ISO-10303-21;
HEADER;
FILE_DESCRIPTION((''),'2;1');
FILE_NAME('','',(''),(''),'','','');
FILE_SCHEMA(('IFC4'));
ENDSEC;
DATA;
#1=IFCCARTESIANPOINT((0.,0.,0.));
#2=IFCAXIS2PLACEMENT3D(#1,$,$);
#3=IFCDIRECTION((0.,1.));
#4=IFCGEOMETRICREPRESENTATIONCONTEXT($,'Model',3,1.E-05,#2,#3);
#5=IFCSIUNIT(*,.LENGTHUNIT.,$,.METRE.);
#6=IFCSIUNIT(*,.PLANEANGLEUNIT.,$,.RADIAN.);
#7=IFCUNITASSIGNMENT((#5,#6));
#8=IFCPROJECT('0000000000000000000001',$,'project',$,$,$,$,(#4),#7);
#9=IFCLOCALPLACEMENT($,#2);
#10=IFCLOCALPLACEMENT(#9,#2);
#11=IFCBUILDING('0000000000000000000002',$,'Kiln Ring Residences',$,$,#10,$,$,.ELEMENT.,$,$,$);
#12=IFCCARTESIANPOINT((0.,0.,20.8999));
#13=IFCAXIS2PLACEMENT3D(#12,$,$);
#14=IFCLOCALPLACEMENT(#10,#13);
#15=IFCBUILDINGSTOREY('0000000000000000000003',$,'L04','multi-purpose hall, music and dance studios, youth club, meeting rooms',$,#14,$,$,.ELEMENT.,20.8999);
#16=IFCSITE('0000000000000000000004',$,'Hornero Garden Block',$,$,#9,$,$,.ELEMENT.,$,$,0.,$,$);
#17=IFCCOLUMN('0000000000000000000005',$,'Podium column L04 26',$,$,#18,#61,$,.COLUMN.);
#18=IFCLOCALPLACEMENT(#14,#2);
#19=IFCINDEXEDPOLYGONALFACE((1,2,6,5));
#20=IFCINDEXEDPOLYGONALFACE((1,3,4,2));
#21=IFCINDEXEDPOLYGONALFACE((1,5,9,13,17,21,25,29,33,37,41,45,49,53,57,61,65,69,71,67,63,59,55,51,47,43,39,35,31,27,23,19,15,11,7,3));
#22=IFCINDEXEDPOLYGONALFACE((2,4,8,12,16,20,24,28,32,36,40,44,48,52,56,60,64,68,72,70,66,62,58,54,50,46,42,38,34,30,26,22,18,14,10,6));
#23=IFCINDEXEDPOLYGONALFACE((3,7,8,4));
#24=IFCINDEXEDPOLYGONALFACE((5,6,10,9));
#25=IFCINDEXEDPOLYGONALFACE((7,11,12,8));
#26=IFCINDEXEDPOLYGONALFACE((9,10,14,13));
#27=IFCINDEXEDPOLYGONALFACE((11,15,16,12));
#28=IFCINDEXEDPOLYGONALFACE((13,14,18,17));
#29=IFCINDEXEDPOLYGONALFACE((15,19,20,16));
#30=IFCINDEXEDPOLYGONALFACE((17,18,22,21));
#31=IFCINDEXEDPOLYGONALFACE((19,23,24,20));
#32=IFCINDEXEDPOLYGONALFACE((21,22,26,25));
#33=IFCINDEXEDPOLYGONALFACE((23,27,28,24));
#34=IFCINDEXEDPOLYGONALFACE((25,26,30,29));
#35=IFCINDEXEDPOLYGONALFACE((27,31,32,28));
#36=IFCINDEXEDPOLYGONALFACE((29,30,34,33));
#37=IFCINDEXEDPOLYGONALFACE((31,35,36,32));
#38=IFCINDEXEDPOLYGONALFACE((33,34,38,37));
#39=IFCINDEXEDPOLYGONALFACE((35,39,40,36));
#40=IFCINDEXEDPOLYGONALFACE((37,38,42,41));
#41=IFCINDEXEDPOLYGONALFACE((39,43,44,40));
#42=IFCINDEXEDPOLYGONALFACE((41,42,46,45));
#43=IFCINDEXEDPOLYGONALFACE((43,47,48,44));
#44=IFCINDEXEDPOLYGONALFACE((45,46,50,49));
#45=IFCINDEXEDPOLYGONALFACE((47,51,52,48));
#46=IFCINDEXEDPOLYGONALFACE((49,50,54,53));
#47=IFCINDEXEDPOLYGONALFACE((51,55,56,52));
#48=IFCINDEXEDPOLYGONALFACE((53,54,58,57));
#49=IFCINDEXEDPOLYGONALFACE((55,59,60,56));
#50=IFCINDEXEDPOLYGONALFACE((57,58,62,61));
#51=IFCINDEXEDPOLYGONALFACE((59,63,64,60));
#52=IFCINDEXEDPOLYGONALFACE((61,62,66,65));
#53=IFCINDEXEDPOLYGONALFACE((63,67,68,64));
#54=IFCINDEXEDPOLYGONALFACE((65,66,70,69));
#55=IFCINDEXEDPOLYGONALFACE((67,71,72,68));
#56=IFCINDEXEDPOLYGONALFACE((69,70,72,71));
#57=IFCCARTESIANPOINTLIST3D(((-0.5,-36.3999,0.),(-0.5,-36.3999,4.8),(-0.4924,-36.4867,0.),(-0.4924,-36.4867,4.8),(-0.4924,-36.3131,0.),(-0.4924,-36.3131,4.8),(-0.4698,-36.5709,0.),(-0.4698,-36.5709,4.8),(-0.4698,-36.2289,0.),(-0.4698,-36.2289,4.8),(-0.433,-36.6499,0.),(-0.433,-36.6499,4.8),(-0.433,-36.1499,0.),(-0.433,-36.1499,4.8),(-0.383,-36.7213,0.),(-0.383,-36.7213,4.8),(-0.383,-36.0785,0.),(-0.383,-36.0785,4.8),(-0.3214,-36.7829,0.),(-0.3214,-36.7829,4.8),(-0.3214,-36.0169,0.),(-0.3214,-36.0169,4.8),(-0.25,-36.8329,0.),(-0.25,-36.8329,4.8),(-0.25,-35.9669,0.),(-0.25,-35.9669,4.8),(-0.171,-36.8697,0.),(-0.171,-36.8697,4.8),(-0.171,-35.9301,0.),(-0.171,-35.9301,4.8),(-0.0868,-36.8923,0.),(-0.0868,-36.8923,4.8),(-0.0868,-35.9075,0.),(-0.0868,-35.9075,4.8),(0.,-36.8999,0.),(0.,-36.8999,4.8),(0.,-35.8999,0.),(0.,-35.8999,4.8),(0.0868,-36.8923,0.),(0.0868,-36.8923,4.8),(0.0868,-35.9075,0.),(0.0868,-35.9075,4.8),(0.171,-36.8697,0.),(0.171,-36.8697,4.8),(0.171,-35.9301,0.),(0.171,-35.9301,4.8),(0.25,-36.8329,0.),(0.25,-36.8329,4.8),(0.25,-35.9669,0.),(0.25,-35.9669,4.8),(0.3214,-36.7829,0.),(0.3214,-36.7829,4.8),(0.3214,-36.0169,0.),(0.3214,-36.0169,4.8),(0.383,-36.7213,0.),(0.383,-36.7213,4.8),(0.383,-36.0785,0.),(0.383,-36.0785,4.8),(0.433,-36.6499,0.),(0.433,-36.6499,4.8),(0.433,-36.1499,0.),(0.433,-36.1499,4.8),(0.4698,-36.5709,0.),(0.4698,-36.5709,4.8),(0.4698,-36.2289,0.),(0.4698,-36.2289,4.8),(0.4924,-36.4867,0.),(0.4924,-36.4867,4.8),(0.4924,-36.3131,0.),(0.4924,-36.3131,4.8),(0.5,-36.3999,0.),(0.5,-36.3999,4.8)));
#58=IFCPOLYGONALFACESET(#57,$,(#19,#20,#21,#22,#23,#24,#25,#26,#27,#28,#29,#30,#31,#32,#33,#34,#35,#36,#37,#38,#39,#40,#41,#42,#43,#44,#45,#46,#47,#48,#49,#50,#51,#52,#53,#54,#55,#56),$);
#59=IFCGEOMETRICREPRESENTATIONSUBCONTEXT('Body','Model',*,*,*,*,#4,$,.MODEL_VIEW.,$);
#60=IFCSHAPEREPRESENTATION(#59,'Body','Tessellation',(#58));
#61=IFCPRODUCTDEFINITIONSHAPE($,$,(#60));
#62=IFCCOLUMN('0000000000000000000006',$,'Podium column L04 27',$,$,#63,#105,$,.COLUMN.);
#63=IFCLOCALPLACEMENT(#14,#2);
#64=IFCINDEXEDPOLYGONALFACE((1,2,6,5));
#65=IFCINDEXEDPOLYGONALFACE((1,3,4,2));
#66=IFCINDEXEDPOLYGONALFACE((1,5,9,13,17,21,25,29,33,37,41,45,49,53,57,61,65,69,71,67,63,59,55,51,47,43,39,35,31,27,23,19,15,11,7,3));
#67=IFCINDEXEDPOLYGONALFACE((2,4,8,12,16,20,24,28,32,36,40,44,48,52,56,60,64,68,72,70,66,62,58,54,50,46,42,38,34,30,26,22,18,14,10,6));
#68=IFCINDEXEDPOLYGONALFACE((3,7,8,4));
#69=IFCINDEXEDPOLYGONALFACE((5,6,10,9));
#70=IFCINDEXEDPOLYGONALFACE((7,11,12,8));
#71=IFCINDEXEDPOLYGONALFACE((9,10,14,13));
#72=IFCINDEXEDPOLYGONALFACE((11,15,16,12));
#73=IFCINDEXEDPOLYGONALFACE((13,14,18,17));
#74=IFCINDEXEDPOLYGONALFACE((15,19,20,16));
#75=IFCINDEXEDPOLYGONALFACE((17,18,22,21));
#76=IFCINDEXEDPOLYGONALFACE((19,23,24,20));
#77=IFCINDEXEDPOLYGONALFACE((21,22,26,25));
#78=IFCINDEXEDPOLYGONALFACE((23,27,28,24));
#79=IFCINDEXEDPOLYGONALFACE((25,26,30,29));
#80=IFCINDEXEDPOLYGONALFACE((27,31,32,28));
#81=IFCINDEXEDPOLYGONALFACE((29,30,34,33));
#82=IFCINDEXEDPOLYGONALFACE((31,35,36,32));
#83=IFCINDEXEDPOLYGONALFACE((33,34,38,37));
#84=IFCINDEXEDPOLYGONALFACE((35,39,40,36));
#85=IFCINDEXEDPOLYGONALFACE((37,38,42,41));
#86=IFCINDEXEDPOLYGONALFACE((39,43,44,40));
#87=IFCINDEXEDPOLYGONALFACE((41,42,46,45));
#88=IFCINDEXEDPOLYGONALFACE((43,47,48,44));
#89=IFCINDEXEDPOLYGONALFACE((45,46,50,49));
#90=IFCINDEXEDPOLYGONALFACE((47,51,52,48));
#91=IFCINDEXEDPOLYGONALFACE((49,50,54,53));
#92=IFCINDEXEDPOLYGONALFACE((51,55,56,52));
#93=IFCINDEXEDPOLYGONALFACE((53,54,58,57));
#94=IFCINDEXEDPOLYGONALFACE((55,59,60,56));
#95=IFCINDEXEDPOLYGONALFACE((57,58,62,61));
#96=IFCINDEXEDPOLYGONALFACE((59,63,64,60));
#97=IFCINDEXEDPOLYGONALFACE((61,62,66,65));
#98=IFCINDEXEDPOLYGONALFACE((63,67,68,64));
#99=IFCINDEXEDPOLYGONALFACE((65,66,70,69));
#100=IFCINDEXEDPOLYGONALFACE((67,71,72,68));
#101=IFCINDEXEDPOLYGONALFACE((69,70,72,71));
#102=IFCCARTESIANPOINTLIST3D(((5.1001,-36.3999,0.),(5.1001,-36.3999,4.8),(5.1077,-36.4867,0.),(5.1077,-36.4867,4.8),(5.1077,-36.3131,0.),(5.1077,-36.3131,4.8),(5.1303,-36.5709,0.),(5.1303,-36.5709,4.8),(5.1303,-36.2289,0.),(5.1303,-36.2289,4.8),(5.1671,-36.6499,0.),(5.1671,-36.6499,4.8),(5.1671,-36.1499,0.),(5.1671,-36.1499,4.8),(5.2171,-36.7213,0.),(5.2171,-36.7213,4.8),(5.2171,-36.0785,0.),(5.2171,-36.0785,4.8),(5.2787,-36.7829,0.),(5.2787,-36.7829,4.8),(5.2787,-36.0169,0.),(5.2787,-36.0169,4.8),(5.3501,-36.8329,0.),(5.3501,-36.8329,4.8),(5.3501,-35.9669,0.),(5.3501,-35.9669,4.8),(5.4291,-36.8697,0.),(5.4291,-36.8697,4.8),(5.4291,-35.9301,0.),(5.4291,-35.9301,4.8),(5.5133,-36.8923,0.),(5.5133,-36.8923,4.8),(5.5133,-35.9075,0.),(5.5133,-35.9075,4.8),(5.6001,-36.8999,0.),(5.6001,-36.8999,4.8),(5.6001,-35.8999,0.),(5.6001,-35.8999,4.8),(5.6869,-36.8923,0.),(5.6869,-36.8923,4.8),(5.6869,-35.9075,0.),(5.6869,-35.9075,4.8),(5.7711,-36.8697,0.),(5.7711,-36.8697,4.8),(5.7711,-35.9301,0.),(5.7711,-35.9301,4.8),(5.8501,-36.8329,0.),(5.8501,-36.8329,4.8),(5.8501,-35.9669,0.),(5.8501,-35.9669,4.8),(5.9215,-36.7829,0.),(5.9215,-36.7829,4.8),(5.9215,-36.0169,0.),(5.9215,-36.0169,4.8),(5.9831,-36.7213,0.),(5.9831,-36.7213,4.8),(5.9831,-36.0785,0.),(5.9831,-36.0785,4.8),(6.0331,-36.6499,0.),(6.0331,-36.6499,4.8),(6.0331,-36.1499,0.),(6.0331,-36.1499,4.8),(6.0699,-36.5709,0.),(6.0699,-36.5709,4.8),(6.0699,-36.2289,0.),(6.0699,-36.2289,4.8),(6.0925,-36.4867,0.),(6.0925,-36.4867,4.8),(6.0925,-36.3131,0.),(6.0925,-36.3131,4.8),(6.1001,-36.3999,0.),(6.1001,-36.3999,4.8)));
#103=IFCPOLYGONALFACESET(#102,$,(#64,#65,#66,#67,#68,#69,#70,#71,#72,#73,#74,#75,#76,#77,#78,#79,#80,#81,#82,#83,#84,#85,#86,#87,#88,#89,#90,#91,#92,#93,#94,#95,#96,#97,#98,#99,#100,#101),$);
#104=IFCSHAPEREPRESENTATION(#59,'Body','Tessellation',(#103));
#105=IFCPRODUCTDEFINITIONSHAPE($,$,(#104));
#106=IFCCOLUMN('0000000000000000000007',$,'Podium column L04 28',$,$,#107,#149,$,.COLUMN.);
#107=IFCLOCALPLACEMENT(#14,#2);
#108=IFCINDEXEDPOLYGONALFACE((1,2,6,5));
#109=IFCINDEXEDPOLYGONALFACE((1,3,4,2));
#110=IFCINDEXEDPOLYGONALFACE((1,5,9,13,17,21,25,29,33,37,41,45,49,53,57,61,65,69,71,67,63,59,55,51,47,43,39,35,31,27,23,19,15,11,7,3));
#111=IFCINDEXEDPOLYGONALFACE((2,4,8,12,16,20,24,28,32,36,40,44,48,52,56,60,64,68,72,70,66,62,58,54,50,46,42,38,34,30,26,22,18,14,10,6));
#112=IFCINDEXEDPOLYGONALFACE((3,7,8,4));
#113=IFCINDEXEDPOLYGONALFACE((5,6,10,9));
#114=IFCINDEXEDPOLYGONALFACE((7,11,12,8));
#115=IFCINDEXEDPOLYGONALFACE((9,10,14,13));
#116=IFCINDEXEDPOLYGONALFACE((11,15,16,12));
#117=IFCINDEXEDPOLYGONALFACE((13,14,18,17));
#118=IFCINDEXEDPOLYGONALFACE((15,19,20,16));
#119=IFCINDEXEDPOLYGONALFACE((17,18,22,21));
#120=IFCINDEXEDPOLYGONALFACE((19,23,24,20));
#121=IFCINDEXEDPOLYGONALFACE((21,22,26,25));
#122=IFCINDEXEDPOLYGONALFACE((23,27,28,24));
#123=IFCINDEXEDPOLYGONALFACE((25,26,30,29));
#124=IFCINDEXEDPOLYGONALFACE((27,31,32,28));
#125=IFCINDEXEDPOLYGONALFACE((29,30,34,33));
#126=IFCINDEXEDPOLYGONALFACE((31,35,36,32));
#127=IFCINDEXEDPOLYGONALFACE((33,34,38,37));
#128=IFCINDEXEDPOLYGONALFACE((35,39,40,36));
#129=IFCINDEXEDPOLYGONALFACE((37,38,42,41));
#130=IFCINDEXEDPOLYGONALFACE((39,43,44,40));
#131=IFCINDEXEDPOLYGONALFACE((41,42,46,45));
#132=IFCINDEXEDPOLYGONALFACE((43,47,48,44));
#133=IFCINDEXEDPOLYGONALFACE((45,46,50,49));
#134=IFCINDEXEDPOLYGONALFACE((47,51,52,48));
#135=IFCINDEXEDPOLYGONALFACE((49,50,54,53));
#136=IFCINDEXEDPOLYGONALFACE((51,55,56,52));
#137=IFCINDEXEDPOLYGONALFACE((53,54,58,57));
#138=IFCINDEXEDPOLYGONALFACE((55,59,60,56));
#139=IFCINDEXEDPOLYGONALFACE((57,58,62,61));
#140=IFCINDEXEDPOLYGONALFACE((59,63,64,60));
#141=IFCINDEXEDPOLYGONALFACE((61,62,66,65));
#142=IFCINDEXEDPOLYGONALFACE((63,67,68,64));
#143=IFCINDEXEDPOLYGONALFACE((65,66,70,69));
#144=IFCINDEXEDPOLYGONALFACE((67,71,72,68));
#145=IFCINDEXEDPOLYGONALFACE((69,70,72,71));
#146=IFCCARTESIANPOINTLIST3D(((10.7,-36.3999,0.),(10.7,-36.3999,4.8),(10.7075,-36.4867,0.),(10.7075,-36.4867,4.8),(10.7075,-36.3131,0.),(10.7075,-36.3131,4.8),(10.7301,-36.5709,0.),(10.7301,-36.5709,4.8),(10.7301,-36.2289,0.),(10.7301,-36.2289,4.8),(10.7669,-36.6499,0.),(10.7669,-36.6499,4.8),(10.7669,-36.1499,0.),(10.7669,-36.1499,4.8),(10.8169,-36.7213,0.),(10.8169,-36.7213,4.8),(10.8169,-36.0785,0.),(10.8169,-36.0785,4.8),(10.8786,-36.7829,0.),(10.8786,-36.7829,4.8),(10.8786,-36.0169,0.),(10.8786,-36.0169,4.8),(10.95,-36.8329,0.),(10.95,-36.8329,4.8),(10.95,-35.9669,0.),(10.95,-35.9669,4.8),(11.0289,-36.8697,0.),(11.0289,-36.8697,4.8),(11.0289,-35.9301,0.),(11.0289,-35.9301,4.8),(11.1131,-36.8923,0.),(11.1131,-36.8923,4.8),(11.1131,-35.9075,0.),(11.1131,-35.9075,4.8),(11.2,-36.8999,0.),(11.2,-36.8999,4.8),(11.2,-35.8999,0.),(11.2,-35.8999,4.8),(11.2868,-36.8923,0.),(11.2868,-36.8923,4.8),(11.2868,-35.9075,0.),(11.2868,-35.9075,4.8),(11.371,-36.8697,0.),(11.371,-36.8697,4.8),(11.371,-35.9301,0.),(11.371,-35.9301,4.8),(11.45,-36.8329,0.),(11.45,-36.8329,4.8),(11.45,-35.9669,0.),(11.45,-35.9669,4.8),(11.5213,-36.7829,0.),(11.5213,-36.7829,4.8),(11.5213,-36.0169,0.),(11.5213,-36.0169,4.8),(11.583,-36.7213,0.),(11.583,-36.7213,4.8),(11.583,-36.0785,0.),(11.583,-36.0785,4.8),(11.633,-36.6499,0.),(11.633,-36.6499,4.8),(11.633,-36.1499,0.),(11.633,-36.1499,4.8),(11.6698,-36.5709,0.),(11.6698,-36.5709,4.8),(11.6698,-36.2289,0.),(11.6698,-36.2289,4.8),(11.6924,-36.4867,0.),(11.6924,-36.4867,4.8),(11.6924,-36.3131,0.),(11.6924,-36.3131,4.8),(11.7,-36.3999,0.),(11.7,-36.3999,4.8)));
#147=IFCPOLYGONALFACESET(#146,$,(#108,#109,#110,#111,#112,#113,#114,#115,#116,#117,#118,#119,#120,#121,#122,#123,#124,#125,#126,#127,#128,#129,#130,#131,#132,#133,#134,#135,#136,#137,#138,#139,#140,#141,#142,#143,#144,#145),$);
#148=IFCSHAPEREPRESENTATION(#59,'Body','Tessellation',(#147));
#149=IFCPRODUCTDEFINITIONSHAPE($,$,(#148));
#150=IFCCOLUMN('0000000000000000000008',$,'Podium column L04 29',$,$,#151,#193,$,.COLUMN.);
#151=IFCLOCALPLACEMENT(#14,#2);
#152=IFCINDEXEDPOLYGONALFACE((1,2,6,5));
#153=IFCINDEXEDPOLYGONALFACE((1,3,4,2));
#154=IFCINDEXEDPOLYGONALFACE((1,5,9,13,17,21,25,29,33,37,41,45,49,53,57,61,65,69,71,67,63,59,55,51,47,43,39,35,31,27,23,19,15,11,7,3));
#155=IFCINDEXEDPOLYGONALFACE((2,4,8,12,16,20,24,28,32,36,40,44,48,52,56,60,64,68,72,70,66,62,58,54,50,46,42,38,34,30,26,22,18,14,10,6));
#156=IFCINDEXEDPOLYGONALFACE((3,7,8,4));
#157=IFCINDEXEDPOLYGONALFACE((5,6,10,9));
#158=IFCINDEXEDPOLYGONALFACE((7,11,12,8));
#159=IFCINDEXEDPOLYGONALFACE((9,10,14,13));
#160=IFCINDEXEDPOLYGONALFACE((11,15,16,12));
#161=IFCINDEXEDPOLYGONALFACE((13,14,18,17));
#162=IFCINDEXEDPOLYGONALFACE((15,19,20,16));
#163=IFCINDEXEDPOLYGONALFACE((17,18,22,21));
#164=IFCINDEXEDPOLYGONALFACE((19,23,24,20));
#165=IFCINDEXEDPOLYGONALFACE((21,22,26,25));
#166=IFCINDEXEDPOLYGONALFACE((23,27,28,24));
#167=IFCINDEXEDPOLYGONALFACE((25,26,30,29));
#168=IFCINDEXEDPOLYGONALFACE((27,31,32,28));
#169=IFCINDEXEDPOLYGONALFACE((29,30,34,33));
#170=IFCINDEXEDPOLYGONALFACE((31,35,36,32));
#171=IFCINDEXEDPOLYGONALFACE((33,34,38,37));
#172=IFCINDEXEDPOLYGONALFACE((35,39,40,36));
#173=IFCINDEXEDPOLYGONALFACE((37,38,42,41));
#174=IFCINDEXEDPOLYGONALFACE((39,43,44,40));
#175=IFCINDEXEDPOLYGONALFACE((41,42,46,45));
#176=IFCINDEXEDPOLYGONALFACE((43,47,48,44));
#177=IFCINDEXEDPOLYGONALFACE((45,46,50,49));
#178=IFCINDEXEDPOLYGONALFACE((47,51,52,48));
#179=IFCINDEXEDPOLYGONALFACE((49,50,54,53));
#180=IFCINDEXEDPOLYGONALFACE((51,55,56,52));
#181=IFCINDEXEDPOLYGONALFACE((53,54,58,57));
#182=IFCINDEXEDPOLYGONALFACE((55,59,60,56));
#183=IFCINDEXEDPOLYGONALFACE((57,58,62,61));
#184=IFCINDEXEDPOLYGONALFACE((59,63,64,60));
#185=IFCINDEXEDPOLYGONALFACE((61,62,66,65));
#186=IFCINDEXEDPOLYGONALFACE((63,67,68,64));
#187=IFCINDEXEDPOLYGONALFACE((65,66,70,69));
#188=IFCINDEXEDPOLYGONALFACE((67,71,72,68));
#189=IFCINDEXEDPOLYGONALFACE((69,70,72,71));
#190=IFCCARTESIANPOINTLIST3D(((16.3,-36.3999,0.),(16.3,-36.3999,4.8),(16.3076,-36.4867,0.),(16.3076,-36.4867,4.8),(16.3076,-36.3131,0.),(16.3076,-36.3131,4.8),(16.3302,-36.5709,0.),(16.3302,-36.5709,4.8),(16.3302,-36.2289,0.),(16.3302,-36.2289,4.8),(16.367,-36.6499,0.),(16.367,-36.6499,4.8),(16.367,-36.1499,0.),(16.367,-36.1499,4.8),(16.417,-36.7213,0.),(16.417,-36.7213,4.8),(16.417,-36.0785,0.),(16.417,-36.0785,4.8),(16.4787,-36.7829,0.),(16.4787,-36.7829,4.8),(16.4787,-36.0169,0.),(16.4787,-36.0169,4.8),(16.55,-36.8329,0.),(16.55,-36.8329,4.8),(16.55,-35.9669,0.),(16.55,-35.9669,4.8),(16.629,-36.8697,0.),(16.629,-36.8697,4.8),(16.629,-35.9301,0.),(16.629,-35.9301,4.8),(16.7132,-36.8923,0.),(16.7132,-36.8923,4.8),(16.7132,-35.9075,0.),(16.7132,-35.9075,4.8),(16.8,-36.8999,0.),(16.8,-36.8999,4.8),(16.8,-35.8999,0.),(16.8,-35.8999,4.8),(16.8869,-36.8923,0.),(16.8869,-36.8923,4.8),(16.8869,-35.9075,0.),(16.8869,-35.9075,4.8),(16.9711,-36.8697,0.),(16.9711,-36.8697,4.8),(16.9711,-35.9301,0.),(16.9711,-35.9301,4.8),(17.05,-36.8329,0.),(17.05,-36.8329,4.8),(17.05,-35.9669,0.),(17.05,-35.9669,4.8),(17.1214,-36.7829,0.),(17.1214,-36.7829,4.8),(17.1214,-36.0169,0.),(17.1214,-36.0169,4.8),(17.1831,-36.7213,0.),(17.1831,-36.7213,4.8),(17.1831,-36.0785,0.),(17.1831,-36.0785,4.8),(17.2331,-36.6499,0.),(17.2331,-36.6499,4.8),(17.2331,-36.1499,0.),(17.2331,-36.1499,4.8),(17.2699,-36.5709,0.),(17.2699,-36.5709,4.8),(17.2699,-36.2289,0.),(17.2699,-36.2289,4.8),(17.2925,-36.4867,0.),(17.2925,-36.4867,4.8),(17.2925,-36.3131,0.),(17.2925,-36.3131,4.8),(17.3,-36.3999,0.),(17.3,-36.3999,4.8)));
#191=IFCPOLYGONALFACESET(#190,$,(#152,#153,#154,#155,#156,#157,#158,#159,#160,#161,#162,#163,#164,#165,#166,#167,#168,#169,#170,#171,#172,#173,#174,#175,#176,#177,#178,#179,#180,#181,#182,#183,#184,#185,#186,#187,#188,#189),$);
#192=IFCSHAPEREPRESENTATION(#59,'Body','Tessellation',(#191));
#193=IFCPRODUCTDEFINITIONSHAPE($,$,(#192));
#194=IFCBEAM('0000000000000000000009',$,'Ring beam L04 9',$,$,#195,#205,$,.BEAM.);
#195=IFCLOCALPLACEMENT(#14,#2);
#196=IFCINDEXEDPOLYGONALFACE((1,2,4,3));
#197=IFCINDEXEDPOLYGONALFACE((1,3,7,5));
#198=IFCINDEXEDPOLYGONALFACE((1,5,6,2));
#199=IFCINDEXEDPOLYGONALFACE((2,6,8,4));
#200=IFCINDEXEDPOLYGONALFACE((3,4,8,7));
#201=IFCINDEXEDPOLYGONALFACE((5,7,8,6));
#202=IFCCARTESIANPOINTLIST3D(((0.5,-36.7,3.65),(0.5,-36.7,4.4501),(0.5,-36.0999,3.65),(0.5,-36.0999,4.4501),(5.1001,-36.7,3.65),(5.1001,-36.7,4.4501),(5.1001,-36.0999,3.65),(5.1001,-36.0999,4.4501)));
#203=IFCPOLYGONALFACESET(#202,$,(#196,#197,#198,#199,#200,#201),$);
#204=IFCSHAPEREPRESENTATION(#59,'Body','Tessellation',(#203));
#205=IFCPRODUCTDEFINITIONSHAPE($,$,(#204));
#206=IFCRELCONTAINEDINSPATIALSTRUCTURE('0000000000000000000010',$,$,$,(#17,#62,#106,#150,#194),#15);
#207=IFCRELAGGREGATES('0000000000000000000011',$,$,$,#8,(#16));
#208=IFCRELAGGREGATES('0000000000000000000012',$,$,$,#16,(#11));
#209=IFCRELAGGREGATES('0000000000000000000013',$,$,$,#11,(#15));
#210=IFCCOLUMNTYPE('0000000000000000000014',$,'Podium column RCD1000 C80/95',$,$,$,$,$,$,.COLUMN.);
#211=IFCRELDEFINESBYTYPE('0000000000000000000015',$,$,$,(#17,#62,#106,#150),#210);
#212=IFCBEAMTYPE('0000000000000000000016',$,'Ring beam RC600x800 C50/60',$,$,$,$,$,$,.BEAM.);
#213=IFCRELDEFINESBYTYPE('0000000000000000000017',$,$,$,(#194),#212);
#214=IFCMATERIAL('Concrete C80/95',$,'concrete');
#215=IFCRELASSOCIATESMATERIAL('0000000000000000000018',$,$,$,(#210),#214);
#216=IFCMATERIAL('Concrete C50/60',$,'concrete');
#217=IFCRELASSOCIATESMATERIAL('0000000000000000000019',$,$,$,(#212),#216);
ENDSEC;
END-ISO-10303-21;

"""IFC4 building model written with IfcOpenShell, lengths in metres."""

from ifc_helpers import new_model, si_unit, direction, frame, origin, origin_2d, place, context, subcontext, project, spatial, rectangle, circle, extrude, material, material_profile, profile_set, type_object, element, save


model = new_model("IFC4")

# Units and contexts
model_context = context("Model", 3, precision=1e-05, world=origin(), true_north=direction((0.0, 1.0)))
body_context = subcontext(model_context, "Body", "Model", "MODEL_VIEW")
ifc_project = project(units=[si_unit("LENGTHUNIT", "METRE"), si_unit("PLANEANGLEUNIT", "RADIAN")], contexts=[model_context])

# Site, building, storey
site_placement = place(None, origin())
site = spatial("IfcSite", under=ifc_project, at=site_placement, Name="Hornero Garden Block", CompositionType="ELEMENT", RefElevation=0.0)
building_placement = place(site_placement, origin())
building = spatial("IfcBuilding", under=site, at=building_placement, Name="Kiln Ring Residences", CompositionType="ELEMENT")
storey_placement = place(building_placement, frame((0.0, 0.0, 20.8999)))
storey = spatial("IfcBuildingStorey", under=building, at=storey_placement, Name="L04", Description="multi-purpose hall, music and dance studios, youth club, meeting rooms", CompositionType="ELEMENT", Elevation=20.8999)

# Columns
ifc_material_1 = material(Name="Concrete C80/95", Category="concrete")
ifc_material_profile_1 = material_profile(ifc_material_1, circle(Radius=0.5, at=origin_2d()), Name="RCD1000")
ifc_profile_set_1 = profile_set([ifc_material_profile_1], Name="Concrete C80/95")
column_type = type_object("IfcColumnType", Name="Podium column RCD1000 C80/95", PredefinedType="COLUMN", material=ifc_profile_set_1)
for number, where, z_axis, x_axis, name in (
    (1, (0.0, -36.3999, 0.0), (0.0, 0.0, 1.0), (1.0, 0.0, 0.0), "Podium column L04 26"),
    (2, (5.6001, -36.3999, 0.0), (0.0, 0.0, 1.0), (1.0, 0.0, 0.0), "Podium column L04 27"),
    (3, (11.2, -36.3999, 0.0), (0.0, 0.0, 1.0), (1.0, 0.0, 0.0), "Podium column L04 28"),
    (4, (16.8, -36.3999, 0.0), (0.0, 0.0, 1.0), (1.0, 0.0, 0.0), "Podium column L04 29"),
):
    element("IfcColumn", number, at=place(storey_placement, frame(where, z_axis=z_axis, x_axis=x_axis)), inside=storey, type_object=column_type, Name=name, PredefinedType="COLUMN", context=body_context, shape_type="SweptSolid", body=[
        extrude(circle(Radius=0.5, at=origin_2d()), origin(), (0.0, 0.0, 1.0), 4.8),
    ])

# Beam
ifc_material_2 = material(Name="Concrete C50/60", Category="concrete")
ifc_material_profile_2 = material_profile(ifc_material_2, rectangle(XDim=0.6001, YDim=0.8, at=origin_2d()), Name="RC600x800")
ifc_profile_set_2 = profile_set([ifc_material_profile_2], Name="Concrete C50/60")
beam_type = type_object("IfcBeamType", Name="Ring beam RC600x800 C50/60", PredefinedType="BEAM", material=ifc_profile_set_2)
beam_1_placement = place(storey_placement, frame((0.5, -36.3999, 4.05), z_axis=(1.0, 0.0, 0.0), x_axis=(0.0, 1.0, 0.0)))
element("IfcBeam", 5, at=beam_1_placement, inside=storey, type_object=beam_type, Name="Ring beam L04 9", PredefinedType="BEAM", context=body_context, shape_type="SweptSolid", body=[
    extrude(rectangle(XDim=0.6001, YDim=0.8, at=origin_2d()), origin(), (0.0, 0.0, 1.0), 4.6001),
])

save(model, "model.ifc")
